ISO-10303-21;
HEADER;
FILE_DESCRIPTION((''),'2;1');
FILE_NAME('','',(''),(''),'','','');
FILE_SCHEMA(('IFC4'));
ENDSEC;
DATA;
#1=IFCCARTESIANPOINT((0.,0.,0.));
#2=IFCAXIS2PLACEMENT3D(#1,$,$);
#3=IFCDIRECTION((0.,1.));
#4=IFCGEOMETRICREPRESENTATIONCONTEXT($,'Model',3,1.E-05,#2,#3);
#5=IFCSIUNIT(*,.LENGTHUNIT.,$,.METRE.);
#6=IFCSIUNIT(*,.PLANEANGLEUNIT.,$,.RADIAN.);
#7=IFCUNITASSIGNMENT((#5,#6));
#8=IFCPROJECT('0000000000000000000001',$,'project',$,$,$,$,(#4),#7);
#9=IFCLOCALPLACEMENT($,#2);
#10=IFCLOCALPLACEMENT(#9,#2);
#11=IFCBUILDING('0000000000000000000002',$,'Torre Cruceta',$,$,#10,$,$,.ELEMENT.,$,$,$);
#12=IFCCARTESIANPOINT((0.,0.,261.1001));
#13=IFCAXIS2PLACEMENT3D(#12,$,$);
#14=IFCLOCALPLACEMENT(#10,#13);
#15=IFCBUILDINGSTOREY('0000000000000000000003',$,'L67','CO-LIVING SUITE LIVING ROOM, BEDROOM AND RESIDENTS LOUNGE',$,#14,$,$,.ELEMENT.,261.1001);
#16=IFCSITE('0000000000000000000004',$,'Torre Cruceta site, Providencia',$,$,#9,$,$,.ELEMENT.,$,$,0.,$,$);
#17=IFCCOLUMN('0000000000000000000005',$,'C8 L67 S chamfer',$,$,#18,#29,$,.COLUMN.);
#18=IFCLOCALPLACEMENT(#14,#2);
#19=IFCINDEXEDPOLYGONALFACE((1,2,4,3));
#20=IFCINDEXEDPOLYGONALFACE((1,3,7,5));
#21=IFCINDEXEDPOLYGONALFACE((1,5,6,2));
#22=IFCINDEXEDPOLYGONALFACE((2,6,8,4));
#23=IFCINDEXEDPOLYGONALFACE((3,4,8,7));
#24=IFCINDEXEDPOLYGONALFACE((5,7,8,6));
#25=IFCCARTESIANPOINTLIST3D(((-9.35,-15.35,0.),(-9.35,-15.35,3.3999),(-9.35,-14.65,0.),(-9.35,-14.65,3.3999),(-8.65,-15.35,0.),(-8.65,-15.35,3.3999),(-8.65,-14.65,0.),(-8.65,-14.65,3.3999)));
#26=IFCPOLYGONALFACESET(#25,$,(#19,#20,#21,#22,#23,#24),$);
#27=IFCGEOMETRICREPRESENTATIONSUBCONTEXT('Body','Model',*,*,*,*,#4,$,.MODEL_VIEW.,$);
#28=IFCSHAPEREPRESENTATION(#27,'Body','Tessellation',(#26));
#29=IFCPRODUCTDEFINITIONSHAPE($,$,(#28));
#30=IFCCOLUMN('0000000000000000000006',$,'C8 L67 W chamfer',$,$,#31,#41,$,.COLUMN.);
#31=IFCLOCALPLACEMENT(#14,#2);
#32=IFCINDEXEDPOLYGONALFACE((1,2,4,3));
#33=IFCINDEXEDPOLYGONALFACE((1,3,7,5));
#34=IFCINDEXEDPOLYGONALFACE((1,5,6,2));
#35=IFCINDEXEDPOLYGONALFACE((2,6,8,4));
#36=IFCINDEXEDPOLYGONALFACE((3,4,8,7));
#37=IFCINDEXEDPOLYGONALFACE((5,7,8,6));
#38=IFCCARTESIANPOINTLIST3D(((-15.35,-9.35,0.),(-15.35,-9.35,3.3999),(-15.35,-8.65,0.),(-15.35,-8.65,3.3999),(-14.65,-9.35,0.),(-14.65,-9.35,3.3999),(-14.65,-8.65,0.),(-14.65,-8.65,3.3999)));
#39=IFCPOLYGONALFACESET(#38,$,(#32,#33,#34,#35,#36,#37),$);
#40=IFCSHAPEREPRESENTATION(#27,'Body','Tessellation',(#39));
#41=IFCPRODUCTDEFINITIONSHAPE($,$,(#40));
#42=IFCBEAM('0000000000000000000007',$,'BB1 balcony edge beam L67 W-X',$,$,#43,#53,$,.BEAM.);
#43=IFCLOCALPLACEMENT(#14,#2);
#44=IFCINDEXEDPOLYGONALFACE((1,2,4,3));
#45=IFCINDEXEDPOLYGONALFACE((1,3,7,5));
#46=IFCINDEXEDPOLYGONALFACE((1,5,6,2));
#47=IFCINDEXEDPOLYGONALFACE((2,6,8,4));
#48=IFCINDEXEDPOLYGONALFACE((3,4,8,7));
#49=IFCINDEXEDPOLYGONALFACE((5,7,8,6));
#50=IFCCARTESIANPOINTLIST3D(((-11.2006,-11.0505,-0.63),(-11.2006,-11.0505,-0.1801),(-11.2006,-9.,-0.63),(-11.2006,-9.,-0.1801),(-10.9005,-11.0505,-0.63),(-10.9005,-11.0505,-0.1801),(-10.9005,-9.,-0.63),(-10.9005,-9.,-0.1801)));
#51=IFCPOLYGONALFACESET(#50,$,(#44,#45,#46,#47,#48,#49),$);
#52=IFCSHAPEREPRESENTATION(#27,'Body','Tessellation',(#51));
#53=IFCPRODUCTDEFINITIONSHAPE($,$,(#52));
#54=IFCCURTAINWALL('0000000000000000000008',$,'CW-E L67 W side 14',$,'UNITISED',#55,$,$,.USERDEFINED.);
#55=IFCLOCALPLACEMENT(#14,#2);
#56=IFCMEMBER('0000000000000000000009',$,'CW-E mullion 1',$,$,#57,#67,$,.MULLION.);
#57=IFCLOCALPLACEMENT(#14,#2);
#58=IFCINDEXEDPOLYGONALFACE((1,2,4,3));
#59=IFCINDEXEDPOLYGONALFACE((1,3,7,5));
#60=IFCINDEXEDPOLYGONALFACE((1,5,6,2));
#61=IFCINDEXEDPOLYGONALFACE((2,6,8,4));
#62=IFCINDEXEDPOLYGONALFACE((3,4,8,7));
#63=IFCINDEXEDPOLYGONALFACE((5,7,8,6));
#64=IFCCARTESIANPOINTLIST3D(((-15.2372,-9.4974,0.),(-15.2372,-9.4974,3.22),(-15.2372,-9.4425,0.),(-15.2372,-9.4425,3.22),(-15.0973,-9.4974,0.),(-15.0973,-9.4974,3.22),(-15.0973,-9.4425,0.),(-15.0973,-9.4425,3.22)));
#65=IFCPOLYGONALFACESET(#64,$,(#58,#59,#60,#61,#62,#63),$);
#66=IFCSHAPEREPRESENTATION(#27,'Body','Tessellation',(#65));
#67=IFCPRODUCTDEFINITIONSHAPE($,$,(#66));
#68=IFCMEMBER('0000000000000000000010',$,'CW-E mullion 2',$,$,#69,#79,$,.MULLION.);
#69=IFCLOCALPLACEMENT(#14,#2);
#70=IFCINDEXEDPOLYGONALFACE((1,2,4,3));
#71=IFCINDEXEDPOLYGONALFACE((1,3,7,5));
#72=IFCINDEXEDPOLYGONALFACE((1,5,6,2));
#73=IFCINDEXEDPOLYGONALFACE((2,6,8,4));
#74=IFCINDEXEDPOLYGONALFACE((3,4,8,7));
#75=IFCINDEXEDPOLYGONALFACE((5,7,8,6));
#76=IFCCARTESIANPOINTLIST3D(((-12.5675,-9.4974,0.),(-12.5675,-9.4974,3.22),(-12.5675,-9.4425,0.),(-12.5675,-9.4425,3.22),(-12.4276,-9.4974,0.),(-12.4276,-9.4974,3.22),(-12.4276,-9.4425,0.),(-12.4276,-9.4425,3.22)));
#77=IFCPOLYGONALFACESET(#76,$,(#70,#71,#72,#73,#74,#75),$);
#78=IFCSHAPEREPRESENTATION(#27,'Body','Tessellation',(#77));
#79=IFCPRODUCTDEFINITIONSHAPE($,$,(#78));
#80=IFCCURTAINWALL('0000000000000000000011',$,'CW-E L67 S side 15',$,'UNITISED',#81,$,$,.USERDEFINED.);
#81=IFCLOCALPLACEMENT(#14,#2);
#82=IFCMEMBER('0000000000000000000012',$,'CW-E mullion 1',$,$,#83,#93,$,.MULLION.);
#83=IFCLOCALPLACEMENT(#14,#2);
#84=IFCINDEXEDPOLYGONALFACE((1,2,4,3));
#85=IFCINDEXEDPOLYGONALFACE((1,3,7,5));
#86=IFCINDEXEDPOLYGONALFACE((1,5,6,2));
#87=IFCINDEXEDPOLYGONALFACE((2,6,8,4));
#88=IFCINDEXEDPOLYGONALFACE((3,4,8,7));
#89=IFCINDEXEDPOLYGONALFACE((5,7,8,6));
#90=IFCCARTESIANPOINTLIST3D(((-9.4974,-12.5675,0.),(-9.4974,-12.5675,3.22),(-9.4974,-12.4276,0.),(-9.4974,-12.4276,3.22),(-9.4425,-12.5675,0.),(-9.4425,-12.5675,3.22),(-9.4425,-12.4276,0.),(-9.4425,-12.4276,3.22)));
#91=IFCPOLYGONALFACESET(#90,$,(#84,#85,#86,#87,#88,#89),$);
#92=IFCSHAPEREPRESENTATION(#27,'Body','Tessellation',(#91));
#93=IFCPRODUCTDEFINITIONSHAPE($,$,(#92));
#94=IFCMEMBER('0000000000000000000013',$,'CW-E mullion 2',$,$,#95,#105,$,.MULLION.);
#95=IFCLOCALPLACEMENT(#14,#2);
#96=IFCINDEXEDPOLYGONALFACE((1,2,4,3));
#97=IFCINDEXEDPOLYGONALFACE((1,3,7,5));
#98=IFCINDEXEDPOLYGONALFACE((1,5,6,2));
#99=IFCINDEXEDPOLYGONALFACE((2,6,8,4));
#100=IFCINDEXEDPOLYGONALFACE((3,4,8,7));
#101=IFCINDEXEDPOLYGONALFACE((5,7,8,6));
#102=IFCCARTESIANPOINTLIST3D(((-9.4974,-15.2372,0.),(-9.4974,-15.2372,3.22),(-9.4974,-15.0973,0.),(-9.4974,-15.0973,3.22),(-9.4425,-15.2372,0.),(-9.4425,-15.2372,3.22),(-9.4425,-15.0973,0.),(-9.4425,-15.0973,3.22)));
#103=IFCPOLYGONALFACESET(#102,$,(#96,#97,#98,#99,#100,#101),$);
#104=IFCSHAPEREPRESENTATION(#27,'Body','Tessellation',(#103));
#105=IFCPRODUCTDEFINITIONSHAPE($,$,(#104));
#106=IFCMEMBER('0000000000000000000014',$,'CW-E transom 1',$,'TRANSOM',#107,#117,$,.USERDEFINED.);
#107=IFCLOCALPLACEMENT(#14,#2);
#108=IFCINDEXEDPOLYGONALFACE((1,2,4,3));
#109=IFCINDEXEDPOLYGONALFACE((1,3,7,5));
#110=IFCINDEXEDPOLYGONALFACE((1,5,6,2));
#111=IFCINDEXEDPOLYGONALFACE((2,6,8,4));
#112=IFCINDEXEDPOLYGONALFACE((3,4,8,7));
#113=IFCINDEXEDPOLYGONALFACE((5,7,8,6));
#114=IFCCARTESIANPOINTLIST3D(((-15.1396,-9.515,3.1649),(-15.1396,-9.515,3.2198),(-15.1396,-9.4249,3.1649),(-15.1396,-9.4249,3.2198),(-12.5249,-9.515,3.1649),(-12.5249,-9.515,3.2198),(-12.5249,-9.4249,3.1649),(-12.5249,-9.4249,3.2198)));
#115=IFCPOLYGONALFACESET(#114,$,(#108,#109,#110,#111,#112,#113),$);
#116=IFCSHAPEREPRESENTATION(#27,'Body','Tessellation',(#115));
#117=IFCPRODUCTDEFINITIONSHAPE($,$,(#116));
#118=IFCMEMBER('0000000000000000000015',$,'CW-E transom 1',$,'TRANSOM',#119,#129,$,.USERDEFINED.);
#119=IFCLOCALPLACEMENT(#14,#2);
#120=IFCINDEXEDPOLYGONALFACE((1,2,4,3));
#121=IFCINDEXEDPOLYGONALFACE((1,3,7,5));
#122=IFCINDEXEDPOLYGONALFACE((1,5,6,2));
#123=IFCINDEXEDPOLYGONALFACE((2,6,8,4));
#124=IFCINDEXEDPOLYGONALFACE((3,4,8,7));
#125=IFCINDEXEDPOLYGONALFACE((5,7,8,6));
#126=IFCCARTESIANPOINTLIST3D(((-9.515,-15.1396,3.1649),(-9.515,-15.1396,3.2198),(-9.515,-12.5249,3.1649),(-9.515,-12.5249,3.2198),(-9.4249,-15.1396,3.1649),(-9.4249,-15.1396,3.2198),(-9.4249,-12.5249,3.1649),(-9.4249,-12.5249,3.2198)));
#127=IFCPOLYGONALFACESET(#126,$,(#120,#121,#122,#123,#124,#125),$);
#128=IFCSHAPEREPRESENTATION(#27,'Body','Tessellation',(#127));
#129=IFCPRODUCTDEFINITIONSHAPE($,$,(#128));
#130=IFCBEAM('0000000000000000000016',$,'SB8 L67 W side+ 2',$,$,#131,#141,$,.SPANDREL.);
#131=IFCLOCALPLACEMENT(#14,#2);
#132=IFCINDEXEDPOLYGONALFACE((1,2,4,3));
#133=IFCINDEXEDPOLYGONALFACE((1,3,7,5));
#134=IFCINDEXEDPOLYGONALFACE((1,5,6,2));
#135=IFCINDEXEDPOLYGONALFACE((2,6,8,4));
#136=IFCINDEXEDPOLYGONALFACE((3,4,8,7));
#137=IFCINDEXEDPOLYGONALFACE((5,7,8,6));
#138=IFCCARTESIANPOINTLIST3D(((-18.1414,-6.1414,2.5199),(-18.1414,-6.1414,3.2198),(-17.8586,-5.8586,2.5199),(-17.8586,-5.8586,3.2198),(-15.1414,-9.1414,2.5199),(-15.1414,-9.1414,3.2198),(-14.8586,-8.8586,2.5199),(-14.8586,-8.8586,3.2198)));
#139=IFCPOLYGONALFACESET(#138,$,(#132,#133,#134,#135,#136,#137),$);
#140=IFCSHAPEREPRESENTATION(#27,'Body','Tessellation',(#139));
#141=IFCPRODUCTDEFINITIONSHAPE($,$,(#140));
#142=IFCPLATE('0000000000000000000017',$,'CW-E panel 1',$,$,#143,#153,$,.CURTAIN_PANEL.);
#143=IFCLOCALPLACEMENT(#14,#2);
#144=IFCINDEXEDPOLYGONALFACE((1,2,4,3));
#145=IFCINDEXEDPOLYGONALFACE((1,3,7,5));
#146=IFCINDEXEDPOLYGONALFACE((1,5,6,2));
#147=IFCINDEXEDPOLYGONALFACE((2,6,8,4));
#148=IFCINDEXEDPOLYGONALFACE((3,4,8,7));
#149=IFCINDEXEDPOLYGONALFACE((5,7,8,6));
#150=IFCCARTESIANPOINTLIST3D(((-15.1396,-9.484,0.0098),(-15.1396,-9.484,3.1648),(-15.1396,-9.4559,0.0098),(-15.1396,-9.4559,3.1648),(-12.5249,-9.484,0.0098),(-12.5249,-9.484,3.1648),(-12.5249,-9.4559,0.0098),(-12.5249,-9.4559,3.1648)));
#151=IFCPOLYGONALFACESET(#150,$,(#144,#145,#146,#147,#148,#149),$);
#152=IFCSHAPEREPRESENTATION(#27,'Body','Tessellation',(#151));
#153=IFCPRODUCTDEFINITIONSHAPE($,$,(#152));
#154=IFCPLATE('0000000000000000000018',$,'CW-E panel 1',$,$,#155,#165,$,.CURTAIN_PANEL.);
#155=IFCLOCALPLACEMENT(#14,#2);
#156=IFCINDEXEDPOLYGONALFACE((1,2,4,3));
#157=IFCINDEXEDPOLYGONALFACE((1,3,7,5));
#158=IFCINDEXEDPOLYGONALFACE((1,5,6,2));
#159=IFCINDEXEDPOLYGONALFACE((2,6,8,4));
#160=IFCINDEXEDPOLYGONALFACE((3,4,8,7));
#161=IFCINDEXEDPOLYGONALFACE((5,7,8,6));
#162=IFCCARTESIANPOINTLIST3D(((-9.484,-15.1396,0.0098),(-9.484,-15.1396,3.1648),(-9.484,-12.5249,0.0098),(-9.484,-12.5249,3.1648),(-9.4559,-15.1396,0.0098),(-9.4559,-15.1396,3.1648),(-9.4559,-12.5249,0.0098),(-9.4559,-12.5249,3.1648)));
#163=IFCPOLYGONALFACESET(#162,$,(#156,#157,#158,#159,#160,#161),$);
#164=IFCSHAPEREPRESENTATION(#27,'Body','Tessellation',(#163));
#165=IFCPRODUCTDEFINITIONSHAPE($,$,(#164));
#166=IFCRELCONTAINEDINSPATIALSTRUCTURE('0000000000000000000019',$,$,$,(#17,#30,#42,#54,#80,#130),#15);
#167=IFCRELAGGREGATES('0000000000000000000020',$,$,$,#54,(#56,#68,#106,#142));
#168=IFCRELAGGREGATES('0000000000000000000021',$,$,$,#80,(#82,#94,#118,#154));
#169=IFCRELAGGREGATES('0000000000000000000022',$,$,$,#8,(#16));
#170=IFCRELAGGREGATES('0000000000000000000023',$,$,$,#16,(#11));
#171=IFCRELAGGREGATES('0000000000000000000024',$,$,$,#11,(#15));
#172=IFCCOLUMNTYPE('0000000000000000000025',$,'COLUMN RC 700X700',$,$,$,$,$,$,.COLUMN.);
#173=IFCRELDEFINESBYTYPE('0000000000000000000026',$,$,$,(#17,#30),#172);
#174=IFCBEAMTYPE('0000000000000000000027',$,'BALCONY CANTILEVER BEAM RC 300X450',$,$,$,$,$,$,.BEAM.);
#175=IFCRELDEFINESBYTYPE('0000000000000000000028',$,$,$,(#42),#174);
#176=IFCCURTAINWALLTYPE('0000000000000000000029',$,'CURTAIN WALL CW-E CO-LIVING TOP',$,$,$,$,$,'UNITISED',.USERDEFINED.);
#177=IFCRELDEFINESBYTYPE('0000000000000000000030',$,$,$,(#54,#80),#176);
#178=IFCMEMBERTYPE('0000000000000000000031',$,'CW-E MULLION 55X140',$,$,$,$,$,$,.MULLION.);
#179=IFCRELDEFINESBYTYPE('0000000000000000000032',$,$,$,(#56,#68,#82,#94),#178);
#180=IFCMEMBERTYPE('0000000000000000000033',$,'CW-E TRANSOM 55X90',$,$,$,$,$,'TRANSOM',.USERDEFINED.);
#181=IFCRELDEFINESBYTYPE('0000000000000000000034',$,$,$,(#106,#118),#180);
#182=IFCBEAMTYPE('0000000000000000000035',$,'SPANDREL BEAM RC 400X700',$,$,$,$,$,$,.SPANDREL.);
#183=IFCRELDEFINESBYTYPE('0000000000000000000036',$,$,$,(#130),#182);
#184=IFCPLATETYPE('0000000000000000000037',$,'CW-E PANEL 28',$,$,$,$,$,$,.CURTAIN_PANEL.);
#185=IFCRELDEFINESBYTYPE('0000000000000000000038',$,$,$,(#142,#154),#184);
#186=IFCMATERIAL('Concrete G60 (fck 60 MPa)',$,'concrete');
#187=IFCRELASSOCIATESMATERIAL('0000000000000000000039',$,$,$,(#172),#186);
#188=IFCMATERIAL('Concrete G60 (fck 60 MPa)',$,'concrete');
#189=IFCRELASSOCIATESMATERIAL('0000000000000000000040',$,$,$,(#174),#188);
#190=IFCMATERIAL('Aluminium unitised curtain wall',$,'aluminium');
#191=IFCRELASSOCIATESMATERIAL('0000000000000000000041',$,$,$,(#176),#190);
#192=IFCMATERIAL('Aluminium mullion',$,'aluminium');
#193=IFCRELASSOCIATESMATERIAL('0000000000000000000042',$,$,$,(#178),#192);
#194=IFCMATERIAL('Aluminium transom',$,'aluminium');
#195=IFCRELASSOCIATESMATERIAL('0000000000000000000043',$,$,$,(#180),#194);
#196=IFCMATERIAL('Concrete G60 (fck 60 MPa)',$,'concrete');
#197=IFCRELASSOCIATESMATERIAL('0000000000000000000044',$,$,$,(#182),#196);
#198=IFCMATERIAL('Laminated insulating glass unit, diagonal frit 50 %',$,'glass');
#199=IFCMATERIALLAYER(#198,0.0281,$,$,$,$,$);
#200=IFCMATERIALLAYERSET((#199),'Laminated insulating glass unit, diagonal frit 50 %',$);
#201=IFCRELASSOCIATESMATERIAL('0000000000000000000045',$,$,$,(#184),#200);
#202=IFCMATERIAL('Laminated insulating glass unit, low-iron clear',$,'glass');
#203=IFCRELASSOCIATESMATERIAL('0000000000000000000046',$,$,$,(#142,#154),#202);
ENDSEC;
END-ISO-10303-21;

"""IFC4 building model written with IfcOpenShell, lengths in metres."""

from ifc_helpers import new_model, si_unit, direction, frame, origin, origin_2d, place, context, subcontext, project, spatial, rectangle, extrude, material, layer, layer_set, material_profile, profile_set, type_object, element, aggregate, save


model = new_model("IFC4")

# Units and contexts
model_context = context("Model", 3, precision=1e-05, world=origin(), true_north=direction((0.0, 1.0)))
body_context = subcontext(model_context, "Body", "Model", "MODEL_VIEW")
ifc_project = project(units=[si_unit("LENGTHUNIT", "METRE"), si_unit("PLANEANGLEUNIT", "RADIAN")], contexts=[model_context])

# Site, building, storey
site_placement = place(None, origin())
site = spatial("IfcSite", under=ifc_project, at=site_placement, Name="Torre Cruceta site, Providencia", CompositionType="ELEMENT", RefElevation=0.0)
building_placement = place(site_placement, origin())
building = spatial("IfcBuilding", under=site, at=building_placement, Name="Torre Cruceta", CompositionType="ELEMENT")
storey_placement = place(building_placement, frame((0.0, 0.0, 261.1001)))
storey = spatial("IfcBuildingStorey", under=building, at=storey_placement, Name="L67", Description="CO-LIVING SUITE LIVING ROOM, BEDROOM AND RESIDENTS LOUNGE", CompositionType="ELEMENT", Elevation=261.1001)

# Columns
ifc_material_1 = material(Name="Concrete G60 (fck 60 MPa)", Category="concrete")
ifc_material_profile_1 = material_profile(ifc_material_1, rectangle(XDim=0.7, YDim=0.7, at=origin_2d()), Name="RC 700X700")
ifc_profile_set_1 = profile_set([ifc_material_profile_1], Name="Concrete G60 (fck 60 MPa)")
column_type = type_object("IfcColumnType", Name="COLUMN RC 700X700", PredefinedType="COLUMN", material=ifc_profile_set_1)
for number, where, z_axis, x_axis, name in (
    (1, (-9.0, -15.0, 0.0), (0.0, 0.0, 1.0), (1.0, 0.0, 0.0), "C8 L67 S chamfer"),
    (2, (-15.0, -9.0, 0.0), (0.0, 0.0, 1.0), (1.0, 0.0, 0.0), "C8 L67 W chamfer"),
):
    element("IfcColumn", number, at=place(storey_placement, frame(where, z_axis=z_axis, x_axis=x_axis)), inside=storey, type_object=column_type, Name=name, PredefinedType="COLUMN", context=body_context, shape_type="SweptSolid", body=[
        extrude(rectangle(XDim=0.7, YDim=0.7, at=origin_2d()), origin(), (0.0, 0.0, 1.0), 3.3999),
    ])

# Beam
ifc_material_2 = material(Name="Concrete G60 (fck 60 MPa)", Category="concrete")
ifc_material_profile_2 = material_profile(ifc_material_2, rectangle(XDim=0.3, YDim=0.45, at=origin_2d()), Name="RC 300X450")
ifc_profile_set_2 = profile_set([ifc_material_profile_2], Name="Concrete G60 (fck 60 MPa)")
beam_type_1 = type_object("IfcBeamType", Name="BALCONY CANTILEVER BEAM RC 300X450", PredefinedType="BEAM", material=ifc_profile_set_2)
beam_1_placement = place(storey_placement, frame((-11.0505, -9.0, -0.405), z_axis=(0.0, -1.0, 0.0), x_axis=(1.0, 0.0, 0.0)))
element("IfcBeam", 3, at=beam_1_placement, inside=storey, type_object=beam_type_1, Name="BB1 balcony edge beam L67 W-X", PredefinedType="BEAM", context=body_context, shape_type="SweptSolid", body=[
    extrude(rectangle(XDim=0.3, YDim=0.45, at=origin_2d()), origin(), (0.0, 0.0, 1.0), 2.0505),
])

# Curtain walls, members
ifc_material_3 = material(Name="Aluminium unitised curtain wall", Category="aluminium")
curtain_wall_type = type_object("IfcCurtainWallType", Name="CURTAIN WALL CW-E CO-LIVING TOP", ElementType="UNITISED", PredefinedType="USERDEFINED", material=ifc_material_3)
curtain_wall_1_placement = place(storey_placement, origin())
curtain_wall_1 = element("IfcCurtainWall", 4, at=curtain_wall_1_placement, inside=storey, type_object=curtain_wall_type, Name="CW-E L67 W side 14", ObjectType="UNITISED", PredefinedType="USERDEFINED")
ifc_material_4 = material(Name="Aluminium mullion", Category="aluminium")
ifc_material_profile_3 = material_profile(ifc_material_4, rectangle(XDim=0.0549, YDim=0.1399, at=origin_2d()), Name="AL 55X140")
ifc_profile_set_3 = profile_set([ifc_material_profile_3], Name="Aluminium mullion")
member_type_1 = type_object("IfcMemberType", Name="CW-E MULLION 55X140", PredefinedType="MULLION", material=ifc_profile_set_3)
member_1_placement = place(storey_placement, frame((-15.1672, -9.47, 0.0), z_axis=(0.0, 0.0, 1.0), x_axis=(0.0, 1.0, 0.0)))
member_1 = element("IfcMember", 5, at=member_1_placement, type_object=member_type_1, Name="CW-E mullion 1", PredefinedType="MULLION", context=body_context, shape_type="SweptSolid", body=[
    extrude(rectangle(XDim=0.0549, YDim=0.1399, at=origin_2d()), origin(), (0.0, 0.0, 1.0), 3.22),
])
member_2_placement = place(storey_placement, frame((-12.4976, -9.47, 0.0), z_axis=(0.0, 0.0, 1.0), x_axis=(0.0, 1.0, 0.0)))
member_2 = element("IfcMember", 6, at=member_2_placement, type_object=member_type_1, Name="CW-E mullion 2", PredefinedType="MULLION", context=body_context, shape_type="SweptSolid", body=[
    extrude(rectangle(XDim=0.0549, YDim=0.1399, at=origin_2d()), origin(), (0.0, 0.0, 1.0), 3.22),
])
curtain_wall_2_placement = place(storey_placement, origin())
curtain_wall_2 = element("IfcCurtainWall", 7, at=curtain_wall_2_placement, inside=storey, type_object=curtain_wall_type, Name="CW-E L67 S side 15", ObjectType="UNITISED", PredefinedType="USERDEFINED")
member_3_placement = place(storey_placement, frame((-9.47, -12.4976, 0.0), z_axis=(0.0, 0.0, 1.0), x_axis=(1.0, 0.0, 0.0)))
member_3 = element("IfcMember", 8, at=member_3_placement, type_object=member_type_1, Name="CW-E mullion 1", PredefinedType="MULLION", context=body_context, shape_type="SweptSolid", body=[
    extrude(rectangle(XDim=0.0549, YDim=0.1399, at=origin_2d()), origin(), (0.0, 0.0, 1.0), 3.22),
])
member_4_placement = place(storey_placement, frame((-9.47, -15.1672, 0.0), z_axis=(0.0, 0.0, 1.0), x_axis=(1.0, 0.0, 0.0)))
member_4 = element("IfcMember", 9, at=member_4_placement, type_object=member_type_1, Name="CW-E mullion 2", PredefinedType="MULLION", context=body_context, shape_type="SweptSolid", body=[
    extrude(rectangle(XDim=0.0549, YDim=0.1399, at=origin_2d()), origin(), (0.0, 0.0, 1.0), 3.22),
])

# Members
ifc_material_5 = material(Name="Aluminium transom", Category="aluminium")
ifc_material_profile_4 = material_profile(ifc_material_5, rectangle(XDim=0.0901, YDim=0.0549, at=origin_2d()), Name="AL 90X55")
ifc_profile_set_4 = profile_set([ifc_material_profile_4], Name="Aluminium transom")
member_type_2 = type_object("IfcMemberType", Name="CW-E TRANSOM 55X90", ElementType="TRANSOM", PredefinedType="USERDEFINED", material=ifc_profile_set_4)
member_5_placement = place(storey_placement, frame((-15.1396, -9.47, 3.1924), z_axis=(1.0, 0.0, 0.0), x_axis=(0.0, 1.0, 0.0)))
member_5 = element("IfcMember", 10, at=member_5_placement, type_object=member_type_2, Name="CW-E transom 1", ObjectType="TRANSOM", PredefinedType="USERDEFINED", context=body_context, shape_type="SweptSolid", body=[
    extrude(rectangle(XDim=0.0901, YDim=0.0549, at=origin_2d()), origin(), (0.0, 0.0, 1.0), 2.6147),
])
member_6_placement = place(storey_placement, frame((-9.47, -12.5249, 3.1924), z_axis=(0.0, -1.0, 0.0), x_axis=(1.0, 0.0, 0.0)))
member_6 = element("IfcMember", 11, at=member_6_placement, type_object=member_type_2, Name="CW-E transom 1", ObjectType="TRANSOM", PredefinedType="USERDEFINED", context=body_context, shape_type="SweptSolid", body=[
    extrude(rectangle(XDim=0.0901, YDim=0.0549, at=origin_2d()), origin(), (0.0, 0.0, 1.0), 2.6147),
])

# Beam
ifc_material_6 = material(Name="Concrete G60 (fck 60 MPa)", Category="concrete")
ifc_material_profile_5 = material_profile(ifc_material_6, rectangle(XDim=0.3999, YDim=0.7, at=origin_2d()), Name="RC 400X700")
ifc_profile_set_5 = profile_set([ifc_material_profile_5], Name="Concrete G60 (fck 60 MPa)")
beam_type_2 = type_object("IfcBeamType", Name="SPANDREL BEAM RC 400X700", PredefinedType="SPANDREL", material=ifc_profile_set_5)
beam_2_placement = place(storey_placement, frame((-15.0, -9.0, 2.8699), z_axis=(-0.707107, 0.707107, 0.0), x_axis=(-0.707107, -0.707107, 0.0)))
element("IfcBeam", 12, at=beam_2_placement, inside=storey, type_object=beam_type_2, Name="SB8 L67 W side+ 2", PredefinedType="SPANDREL", context=body_context, shape_type="SweptSolid", body=[
    extrude(rectangle(XDim=0.3999, YDim=0.7, at=origin_2d()), origin(), (0.0, 0.0, 1.0), 4.2427),
])

# Plates
ifc_material_7 = material(Name="Laminated insulating glass unit, low-iron clear", Category="glass")
ifc_material_8 = material(Name="Laminated insulating glass unit, diagonal frit 50 %", Category="glass")
ifc_layer_1 = layer(ifc_material_8, 0.0281)
ifc_layer_set_1 = layer_set([ifc_layer_1], Name="Laminated insulating glass unit, diagonal frit 50 %")
plate_type = type_object("IfcPlateType", Name="CW-E PANEL 28", PredefinedType="CURTAIN_PANEL", material=ifc_layer_set_1)
plate_1_placement = place(storey_placement, frame((-13.8323, -9.47, 0.0098), z_axis=(0.0, 0.0, 1.0), x_axis=(1.0, 0.0, 0.0)))
plate_1 = element("IfcPlate", 13, at=plate_1_placement, type_object=plate_type, material=ifc_material_7, Name="CW-E panel 1", PredefinedType="CURTAIN_PANEL", context=body_context, shape_type="SweptSolid", body=[
    extrude(rectangle(XDim=2.6147, YDim=0.0281, at=origin_2d()), origin(), (0.0, 0.0, 1.0), 3.155),
])
aggregate(curtain_wall_1, [member_1, member_2, member_5, plate_1])
plate_2_placement = place(storey_placement, frame((-9.47, -13.8323, 0.0098), z_axis=(0.0, 0.0, 1.0), x_axis=(0.0, -1.0, 0.0)))
plate_2 = element("IfcPlate", 14, at=plate_2_placement, type_object=plate_type, material=ifc_material_7, Name="CW-E panel 1", PredefinedType="CURTAIN_PANEL", context=body_context, shape_type="SweptSolid", body=[
    extrude(rectangle(XDim=2.6147, YDim=0.0281, at=origin_2d()), origin(), (0.0, 0.0, 1.0), 3.155),
])
aggregate(curtain_wall_2, [member_3, member_4, member_6, plate_2])

save(model, "model.ifc")
